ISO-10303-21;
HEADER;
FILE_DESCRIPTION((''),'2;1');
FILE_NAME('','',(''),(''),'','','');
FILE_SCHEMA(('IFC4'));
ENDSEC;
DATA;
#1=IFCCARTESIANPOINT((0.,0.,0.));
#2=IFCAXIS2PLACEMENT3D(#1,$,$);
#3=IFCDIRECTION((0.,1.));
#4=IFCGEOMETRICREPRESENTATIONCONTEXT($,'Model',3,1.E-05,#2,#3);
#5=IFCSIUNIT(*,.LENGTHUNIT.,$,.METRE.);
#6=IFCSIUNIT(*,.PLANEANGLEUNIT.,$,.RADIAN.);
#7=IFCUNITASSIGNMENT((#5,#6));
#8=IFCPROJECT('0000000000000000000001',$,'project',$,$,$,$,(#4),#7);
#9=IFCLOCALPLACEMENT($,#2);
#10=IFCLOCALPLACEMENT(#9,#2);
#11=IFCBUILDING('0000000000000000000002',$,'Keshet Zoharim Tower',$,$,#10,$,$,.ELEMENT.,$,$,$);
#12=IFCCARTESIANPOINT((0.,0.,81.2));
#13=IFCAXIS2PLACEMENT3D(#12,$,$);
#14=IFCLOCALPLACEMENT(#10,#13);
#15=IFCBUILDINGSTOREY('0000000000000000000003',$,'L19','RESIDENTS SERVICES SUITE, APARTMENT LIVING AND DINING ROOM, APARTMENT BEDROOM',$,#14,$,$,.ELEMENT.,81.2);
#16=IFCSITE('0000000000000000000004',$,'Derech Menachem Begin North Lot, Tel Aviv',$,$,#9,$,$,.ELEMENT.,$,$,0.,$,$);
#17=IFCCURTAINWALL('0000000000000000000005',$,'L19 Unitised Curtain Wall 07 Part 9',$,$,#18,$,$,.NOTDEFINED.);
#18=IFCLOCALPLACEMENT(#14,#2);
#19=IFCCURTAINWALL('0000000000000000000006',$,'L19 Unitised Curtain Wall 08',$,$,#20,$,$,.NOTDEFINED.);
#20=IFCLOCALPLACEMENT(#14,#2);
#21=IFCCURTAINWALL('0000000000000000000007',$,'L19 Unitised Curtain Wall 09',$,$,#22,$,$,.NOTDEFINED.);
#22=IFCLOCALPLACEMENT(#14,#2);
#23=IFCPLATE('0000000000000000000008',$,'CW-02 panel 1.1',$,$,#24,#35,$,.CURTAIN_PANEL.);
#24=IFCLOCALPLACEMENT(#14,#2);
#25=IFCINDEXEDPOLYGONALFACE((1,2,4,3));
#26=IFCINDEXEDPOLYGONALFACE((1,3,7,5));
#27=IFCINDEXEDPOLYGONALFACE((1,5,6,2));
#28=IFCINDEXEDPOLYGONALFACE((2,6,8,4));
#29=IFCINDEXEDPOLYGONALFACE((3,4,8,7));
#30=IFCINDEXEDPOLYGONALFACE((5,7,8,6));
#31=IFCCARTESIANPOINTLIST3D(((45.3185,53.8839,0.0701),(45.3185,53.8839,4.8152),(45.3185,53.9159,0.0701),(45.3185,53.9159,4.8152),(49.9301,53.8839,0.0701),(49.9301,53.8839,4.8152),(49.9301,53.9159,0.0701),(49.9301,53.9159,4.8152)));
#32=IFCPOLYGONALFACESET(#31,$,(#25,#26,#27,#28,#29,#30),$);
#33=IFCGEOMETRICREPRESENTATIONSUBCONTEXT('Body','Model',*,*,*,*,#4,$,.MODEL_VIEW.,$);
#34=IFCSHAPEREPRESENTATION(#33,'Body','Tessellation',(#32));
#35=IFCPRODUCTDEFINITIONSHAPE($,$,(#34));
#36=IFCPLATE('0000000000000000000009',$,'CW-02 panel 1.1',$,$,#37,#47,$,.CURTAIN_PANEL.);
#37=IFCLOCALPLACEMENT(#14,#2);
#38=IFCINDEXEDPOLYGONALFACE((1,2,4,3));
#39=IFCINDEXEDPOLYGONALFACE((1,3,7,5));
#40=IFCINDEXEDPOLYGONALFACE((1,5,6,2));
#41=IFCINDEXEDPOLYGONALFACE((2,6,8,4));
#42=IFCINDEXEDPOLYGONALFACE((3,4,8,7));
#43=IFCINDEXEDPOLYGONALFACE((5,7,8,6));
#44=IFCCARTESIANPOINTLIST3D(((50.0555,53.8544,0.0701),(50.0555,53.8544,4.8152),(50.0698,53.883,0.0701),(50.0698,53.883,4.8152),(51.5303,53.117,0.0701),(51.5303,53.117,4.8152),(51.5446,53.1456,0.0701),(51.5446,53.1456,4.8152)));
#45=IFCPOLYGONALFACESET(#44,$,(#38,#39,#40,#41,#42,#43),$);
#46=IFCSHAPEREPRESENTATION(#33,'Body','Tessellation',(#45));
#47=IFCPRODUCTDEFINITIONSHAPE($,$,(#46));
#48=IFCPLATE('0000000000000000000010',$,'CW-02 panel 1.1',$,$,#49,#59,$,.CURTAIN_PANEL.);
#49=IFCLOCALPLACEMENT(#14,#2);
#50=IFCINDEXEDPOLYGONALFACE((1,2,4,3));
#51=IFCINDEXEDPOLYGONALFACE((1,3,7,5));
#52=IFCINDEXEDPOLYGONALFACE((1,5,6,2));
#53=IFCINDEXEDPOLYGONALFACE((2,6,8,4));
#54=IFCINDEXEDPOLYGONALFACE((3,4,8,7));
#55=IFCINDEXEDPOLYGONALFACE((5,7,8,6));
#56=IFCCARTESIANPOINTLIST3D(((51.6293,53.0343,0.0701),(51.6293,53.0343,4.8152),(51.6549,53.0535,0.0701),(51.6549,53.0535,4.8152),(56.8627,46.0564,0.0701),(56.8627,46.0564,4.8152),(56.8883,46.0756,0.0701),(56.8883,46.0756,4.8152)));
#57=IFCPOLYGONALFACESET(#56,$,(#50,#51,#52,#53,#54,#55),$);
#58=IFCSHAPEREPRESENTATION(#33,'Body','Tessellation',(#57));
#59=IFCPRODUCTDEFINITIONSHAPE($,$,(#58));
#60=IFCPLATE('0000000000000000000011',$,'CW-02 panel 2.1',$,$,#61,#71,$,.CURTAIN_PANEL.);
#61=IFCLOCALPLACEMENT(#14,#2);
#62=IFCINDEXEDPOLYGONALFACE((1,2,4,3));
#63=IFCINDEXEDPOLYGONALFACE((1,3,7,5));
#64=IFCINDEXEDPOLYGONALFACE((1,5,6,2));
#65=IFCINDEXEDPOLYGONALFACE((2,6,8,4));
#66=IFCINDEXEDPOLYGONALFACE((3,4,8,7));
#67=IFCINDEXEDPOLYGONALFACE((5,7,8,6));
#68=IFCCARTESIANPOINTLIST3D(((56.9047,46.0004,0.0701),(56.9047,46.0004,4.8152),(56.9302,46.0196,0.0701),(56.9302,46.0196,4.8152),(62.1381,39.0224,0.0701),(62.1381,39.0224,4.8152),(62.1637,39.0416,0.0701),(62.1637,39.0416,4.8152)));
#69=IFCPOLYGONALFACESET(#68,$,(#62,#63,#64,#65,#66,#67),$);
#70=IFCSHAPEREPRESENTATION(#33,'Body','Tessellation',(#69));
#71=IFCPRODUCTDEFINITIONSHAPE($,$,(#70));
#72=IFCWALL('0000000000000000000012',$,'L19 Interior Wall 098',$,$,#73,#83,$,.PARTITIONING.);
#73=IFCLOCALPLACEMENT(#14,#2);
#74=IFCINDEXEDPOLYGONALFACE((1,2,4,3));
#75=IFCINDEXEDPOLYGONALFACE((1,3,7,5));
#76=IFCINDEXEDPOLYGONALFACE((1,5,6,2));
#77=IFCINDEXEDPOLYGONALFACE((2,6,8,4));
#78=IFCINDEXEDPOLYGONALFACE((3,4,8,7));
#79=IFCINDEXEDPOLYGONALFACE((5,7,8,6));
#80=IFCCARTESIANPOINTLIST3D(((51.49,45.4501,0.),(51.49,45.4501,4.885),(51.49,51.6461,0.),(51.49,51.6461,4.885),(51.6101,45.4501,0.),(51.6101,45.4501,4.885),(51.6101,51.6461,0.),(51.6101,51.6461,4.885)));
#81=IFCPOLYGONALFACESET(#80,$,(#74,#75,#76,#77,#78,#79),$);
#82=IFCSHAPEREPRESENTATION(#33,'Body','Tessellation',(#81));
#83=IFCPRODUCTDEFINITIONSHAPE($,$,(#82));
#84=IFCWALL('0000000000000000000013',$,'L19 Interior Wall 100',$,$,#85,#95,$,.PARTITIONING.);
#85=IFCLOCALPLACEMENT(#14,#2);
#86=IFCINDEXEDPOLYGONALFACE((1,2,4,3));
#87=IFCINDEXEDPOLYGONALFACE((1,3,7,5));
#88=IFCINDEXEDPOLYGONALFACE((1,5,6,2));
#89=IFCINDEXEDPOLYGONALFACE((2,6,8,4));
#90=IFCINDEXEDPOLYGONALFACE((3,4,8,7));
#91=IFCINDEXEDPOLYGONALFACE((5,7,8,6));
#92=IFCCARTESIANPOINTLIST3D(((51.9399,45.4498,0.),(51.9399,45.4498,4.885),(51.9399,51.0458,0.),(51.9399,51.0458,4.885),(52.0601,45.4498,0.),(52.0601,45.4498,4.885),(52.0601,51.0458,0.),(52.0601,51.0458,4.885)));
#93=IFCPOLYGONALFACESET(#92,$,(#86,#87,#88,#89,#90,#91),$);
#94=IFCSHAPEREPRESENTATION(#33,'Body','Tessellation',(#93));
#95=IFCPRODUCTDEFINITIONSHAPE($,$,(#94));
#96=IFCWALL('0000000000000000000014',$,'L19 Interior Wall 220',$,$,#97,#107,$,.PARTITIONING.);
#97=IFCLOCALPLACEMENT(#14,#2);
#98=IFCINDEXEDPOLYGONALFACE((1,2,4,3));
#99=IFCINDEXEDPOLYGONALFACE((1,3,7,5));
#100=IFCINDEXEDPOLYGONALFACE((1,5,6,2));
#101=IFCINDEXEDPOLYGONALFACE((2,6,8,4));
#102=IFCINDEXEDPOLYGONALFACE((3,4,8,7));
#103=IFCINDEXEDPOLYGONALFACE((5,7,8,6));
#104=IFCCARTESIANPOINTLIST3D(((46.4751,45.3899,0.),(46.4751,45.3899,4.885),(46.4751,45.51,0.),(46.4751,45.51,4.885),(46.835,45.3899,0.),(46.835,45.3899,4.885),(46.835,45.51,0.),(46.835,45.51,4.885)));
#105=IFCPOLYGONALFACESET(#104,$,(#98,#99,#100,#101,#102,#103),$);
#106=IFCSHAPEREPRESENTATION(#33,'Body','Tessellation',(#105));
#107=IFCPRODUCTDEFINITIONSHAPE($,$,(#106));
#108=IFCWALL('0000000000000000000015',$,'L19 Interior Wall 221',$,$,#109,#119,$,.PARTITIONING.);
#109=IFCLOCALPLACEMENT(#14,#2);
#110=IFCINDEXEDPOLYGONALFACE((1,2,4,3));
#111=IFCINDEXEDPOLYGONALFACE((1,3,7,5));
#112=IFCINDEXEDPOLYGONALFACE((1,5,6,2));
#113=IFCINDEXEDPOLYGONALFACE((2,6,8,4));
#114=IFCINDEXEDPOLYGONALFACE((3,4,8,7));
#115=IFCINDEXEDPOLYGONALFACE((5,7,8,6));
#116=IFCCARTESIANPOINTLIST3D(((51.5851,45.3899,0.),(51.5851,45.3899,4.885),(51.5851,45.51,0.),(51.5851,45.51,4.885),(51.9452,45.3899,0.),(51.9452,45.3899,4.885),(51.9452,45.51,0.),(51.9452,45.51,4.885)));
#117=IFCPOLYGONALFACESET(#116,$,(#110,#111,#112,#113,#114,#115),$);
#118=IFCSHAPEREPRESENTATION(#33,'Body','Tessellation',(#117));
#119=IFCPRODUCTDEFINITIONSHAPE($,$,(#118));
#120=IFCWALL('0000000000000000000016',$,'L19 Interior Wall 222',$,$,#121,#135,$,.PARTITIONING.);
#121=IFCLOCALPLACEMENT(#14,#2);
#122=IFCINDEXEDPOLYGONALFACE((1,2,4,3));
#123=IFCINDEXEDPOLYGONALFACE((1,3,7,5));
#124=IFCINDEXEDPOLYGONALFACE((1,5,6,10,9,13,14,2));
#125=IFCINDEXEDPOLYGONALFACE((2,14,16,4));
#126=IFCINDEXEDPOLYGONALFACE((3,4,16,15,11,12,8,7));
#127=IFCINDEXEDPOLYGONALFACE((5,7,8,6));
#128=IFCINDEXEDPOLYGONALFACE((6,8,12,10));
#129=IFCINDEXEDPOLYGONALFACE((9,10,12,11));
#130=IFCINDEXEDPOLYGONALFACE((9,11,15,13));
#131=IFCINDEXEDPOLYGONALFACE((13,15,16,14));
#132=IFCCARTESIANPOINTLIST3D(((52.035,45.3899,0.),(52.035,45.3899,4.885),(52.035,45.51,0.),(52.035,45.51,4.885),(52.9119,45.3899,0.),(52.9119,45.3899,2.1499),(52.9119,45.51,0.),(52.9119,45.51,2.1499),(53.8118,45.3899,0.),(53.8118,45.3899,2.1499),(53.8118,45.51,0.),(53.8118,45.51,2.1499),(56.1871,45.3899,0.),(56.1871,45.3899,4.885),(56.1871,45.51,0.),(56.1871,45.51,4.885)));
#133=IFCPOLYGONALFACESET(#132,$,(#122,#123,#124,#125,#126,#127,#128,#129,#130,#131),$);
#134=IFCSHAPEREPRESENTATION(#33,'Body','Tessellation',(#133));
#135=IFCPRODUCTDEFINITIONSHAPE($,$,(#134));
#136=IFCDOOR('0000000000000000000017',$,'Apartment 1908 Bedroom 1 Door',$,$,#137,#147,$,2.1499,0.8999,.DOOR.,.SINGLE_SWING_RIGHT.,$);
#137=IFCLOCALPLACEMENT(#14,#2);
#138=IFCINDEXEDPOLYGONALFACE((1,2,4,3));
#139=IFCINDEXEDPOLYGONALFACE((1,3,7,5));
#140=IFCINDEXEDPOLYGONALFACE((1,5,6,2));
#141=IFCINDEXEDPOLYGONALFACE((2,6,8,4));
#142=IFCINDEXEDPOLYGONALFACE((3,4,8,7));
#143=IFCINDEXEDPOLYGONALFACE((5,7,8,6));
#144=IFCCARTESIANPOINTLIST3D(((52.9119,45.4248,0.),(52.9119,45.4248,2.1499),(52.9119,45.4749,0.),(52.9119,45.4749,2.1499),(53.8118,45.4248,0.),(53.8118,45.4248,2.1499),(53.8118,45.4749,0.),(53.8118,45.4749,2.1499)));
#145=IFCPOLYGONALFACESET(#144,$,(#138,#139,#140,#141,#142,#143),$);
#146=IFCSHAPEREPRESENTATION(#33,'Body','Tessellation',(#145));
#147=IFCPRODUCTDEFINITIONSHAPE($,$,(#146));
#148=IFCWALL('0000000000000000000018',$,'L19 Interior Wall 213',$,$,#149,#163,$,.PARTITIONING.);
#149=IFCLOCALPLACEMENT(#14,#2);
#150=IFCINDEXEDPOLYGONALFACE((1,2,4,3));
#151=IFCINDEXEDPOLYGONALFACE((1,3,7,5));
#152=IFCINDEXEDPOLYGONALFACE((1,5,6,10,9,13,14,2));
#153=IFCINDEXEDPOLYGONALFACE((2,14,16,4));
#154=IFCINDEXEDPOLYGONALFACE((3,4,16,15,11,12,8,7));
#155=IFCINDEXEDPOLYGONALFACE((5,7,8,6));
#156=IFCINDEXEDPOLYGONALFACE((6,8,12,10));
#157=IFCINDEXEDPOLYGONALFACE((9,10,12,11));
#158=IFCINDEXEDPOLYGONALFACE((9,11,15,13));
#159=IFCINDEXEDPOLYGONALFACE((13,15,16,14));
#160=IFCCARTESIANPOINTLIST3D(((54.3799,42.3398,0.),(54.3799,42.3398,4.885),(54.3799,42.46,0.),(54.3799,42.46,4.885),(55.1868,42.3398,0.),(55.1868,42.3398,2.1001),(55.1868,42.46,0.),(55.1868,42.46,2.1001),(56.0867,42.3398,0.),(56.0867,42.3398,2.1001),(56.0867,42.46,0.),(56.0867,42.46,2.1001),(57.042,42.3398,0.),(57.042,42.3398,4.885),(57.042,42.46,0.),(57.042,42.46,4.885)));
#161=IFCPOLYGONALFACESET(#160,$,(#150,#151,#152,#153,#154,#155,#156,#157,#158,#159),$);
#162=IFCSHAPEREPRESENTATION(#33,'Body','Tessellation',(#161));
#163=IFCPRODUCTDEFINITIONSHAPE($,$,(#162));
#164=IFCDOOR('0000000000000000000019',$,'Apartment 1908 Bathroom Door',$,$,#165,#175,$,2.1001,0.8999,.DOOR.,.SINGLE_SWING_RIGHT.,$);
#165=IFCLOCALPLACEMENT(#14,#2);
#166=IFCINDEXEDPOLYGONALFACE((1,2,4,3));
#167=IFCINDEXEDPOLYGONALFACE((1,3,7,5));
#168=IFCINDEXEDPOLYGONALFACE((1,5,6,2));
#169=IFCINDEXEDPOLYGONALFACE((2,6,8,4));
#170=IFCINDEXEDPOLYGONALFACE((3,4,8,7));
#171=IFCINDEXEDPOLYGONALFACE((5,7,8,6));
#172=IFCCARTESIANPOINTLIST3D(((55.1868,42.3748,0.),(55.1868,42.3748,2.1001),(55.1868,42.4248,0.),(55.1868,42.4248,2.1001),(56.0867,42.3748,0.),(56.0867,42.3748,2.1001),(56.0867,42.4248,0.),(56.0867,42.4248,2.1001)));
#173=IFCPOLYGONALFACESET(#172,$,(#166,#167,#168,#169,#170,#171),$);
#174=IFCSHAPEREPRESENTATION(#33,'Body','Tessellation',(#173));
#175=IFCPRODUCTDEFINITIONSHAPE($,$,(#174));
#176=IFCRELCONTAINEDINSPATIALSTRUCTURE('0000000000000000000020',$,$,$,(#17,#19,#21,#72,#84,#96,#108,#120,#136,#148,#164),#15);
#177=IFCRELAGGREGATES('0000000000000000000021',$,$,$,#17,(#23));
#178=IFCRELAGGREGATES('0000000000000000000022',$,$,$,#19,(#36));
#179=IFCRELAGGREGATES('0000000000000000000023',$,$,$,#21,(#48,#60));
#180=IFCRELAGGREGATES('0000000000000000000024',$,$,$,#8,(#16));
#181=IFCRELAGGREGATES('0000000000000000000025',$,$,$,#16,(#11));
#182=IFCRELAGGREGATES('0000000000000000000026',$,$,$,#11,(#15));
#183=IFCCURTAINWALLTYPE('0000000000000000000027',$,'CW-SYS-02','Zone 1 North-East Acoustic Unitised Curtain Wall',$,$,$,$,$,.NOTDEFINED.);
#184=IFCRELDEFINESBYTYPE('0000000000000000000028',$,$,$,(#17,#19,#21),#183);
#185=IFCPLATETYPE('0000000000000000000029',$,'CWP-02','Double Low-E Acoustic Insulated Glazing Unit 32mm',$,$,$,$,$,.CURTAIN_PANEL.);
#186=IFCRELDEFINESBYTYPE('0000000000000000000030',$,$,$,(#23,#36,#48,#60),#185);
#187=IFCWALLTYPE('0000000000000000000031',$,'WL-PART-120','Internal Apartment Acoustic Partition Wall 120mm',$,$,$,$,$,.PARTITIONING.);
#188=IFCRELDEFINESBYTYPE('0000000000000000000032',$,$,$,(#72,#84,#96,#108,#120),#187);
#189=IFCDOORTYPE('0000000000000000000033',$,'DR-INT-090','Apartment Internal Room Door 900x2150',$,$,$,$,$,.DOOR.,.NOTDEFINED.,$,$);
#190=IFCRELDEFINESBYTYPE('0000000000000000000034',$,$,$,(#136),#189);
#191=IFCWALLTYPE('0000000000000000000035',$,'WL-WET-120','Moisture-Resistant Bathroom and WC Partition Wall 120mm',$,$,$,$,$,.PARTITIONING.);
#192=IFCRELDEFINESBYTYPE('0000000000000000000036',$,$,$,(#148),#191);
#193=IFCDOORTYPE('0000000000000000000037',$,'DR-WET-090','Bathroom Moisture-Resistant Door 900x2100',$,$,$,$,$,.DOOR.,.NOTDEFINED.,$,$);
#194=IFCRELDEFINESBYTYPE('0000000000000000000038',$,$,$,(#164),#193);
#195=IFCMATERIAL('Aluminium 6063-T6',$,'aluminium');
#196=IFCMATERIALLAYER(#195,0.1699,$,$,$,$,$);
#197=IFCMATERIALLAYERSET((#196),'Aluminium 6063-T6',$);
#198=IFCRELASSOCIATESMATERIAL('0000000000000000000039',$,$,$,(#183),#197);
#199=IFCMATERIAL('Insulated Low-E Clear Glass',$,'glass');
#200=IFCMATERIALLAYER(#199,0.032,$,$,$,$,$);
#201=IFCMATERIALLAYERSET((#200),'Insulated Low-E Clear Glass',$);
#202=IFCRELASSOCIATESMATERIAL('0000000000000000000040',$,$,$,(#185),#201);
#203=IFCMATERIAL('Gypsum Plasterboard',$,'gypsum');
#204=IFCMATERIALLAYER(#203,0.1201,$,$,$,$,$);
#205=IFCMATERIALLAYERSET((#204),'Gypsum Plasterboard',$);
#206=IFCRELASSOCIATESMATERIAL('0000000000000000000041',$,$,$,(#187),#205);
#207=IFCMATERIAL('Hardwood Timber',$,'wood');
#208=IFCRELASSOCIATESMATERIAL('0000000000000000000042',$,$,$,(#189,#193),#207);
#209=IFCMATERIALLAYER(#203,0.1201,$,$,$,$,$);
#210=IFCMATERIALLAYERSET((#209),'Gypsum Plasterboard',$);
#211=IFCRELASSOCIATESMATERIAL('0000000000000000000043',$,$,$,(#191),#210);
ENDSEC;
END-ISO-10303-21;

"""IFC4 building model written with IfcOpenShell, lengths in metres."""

from ifc_helpers import new_model, si_unit, direction, frame, frame_2d, origin, origin_2d, place, context, subcontext, project, spatial, rectangle, extrude, material, layer, layer_set, type_object, element, fill, aggregate, save


model = new_model("IFC4")

# Units and contexts
model_context = context("Model", 3, precision=1e-05, world=origin(), true_north=direction((0.0, 1.0)))
body_context = subcontext(model_context, "Body", "Model", "MODEL_VIEW")
ifc_project = project(units=[si_unit("LENGTHUNIT", "METRE"), si_unit("PLANEANGLEUNIT", "RADIAN")], contexts=[model_context])

# Site, building, storey
site_placement = place(None, origin())
site = spatial("IfcSite", under=ifc_project, at=site_placement, Name="Derech Menachem Begin North Lot, Tel Aviv", CompositionType="ELEMENT", RefElevation=0.0)
building_placement = place(site_placement, origin())
building = spatial("IfcBuilding", under=site, at=building_placement, Name="Keshet Zoharim Tower", CompositionType="ELEMENT")
storey_placement = place(building_placement, frame((0.0, 0.0, 81.2)))
storey = spatial("IfcBuildingStorey", under=building, at=storey_placement, Name="L19", Description="RESIDENTS SERVICES SUITE, APARTMENT LIVING AND DINING ROOM, APARTMENT BEDROOM", CompositionType="ELEMENT", Elevation=81.2)

# Curtain wall
ifc_material_1 = material(Name="Aluminium 6063-T6", Category="aluminium")
ifc_layer_1 = layer(ifc_material_1, 0.1699)
ifc_layer_set_1 = layer_set([ifc_layer_1], Name="Aluminium 6063-T6")
curtain_wall_type = type_object("IfcCurtainWallType", Name="CW-SYS-02", Description="Zone 1 North-East Acoustic Unitised Curtain Wall", PredefinedType="NOTDEFINED", material=ifc_layer_set_1)
curtain_wall_1_placement = place(storey_placement, origin())
curtain_wall_1 = element("IfcCurtainWall", 1, at=curtain_wall_1_placement, inside=storey, type_object=curtain_wall_type, Name="L19 Unitised Curtain Wall 07 Part 9", PredefinedType="NOTDEFINED")

# Curtain walls
curtain_wall_2_placement = place(storey_placement, origin())
curtain_wall_2 = element("IfcCurtainWall", 2, at=curtain_wall_2_placement, inside=storey, type_object=curtain_wall_type, Name="L19 Unitised Curtain Wall 08", PredefinedType="NOTDEFINED")
curtain_wall_3_placement = place(storey_placement, origin())
curtain_wall_3 = element("IfcCurtainWall", 3, at=curtain_wall_3_placement, inside=storey, type_object=curtain_wall_type, Name="L19 Unitised Curtain Wall 09", PredefinedType="NOTDEFINED")

# Plates
ifc_material_2 = material(Name="Insulated Low-E Clear Glass", Category="glass")
ifc_layer_2 = layer(ifc_material_2, 0.032)
ifc_layer_set_2 = layer_set([ifc_layer_2], Name="Insulated Low-E Clear Glass")
plate_type = type_object("IfcPlateType", Name="CWP-02", Description="Double Low-E Acoustic Insulated Glazing Unit 32mm", PredefinedType="CURTAIN_PANEL", material=ifc_layer_set_2)
plate_1_placement = place(storey_placement, frame((47.6243, 53.8999, 0.0701), z_axis=(0.0, 0.0, 1.0), x_axis=(1.0, 0.0, 0.0)))
plate_1 = element("IfcPlate", 4, at=plate_1_placement, type_object=plate_type, Name="CW-02 panel 1.1", PredefinedType="CURTAIN_PANEL", context=body_context, shape_type="SweptSolid", body=[
    extrude(rectangle(XDim=4.6116, YDim=0.032, at=origin_2d()), origin(), (0.0, 0.0, 1.0), 4.7451),
])
aggregate(curtain_wall_1, [plate_1])
plate_2_placement = place(storey_placement, frame((50.8, 53.5, 0.0701), z_axis=(0.0, 0.0, 1.0), x_axis=(0.894427, -0.447214, 0.0)))
plate_2 = element("IfcPlate", 5, at=plate_2_placement, type_object=plate_type, Name="CW-02 panel 1.1", PredefinedType="CURTAIN_PANEL", context=body_context, shape_type="SweptSolid", body=[
    extrude(rectangle(XDim=1.6489, YDim=0.032, at=origin_2d()), origin(), (0.0, 0.0, 1.0), 4.7451),
])
aggregate(curtain_wall_2, [plate_2])
plate_3_placement = place(storey_placement, frame((54.2588, 49.5549, 0.0701), z_axis=(0.0, 0.0, 1.0), x_axis=(0.6, -0.8, 0.0)))
plate_3 = element("IfcPlate", 6, at=plate_3_placement, type_object=plate_type, Name="CW-02 panel 1.1", PredefinedType="CURTAIN_PANEL", context=body_context, shape_type="SweptSolid", body=[
    extrude(rectangle(XDim=8.7224, YDim=0.032, at=origin_2d()), origin(), (0.0, 0.0, 1.0), 4.7451),
])
plate_4_placement = place(storey_placement, frame((59.5342, 42.521, 0.0701), z_axis=(0.0, 0.0, 1.0), x_axis=(0.6, -0.8, 0.0)))
plate_4 = element("IfcPlate", 7, at=plate_4_placement, type_object=plate_type, Name="CW-02 panel 2.1", PredefinedType="CURTAIN_PANEL", context=body_context, shape_type="SweptSolid", body=[
    extrude(rectangle(XDim=8.7224, YDim=0.032, at=origin_2d()), origin(), (0.0, 0.0, 1.0), 4.7451),
])
aggregate(curtain_wall_3, [plate_3, plate_4])

# Walls
ifc_material_3 = material(Name="Gypsum Plasterboard", Category="gypsum")
ifc_layer_3 = layer(ifc_material_3, 0.1201)
ifc_layer_set_3 = layer_set([ifc_layer_3], Name="Gypsum Plasterboard")
wall_type_1 = type_object("IfcWallType", Name="WL-PART-120", Description="Internal Apartment Acoustic Partition Wall 120mm", PredefinedType="PARTITIONING", material=ifc_layer_set_3)
wall_1_placement = place(storey_placement, frame((51.55, 45.45, 0.0), z_axis=(0.0, 0.0, 1.0), x_axis=(0.0, 1.0, 0.0)))
element("IfcWall", 8, at=wall_1_placement, inside=storey, type_object=wall_type_1, Name="L19 Interior Wall 098", PredefinedType="PARTITIONING", context=body_context, shape_type="SweptSolid", body=[
    extrude(rectangle(XDim=6.196, YDim=0.1201, at=frame_2d((3.0981, 0.0))), origin(), (0.0, 0.0, 1.0), 4.885),
])
wall_2_placement = place(storey_placement, frame((52.0, 45.45, 0.0), z_axis=(0.0, 0.0, 1.0), x_axis=(0.0, 1.0, 0.0)))
element("IfcWall", 9, at=wall_2_placement, inside=storey, type_object=wall_type_1, Name="L19 Interior Wall 100", PredefinedType="PARTITIONING", context=body_context, shape_type="SweptSolid", body=[
    extrude(rectangle(XDim=5.5959, YDim=0.1201, at=frame_2d((2.7979, 0.0))), origin(), (0.0, 0.0, 1.0), 4.885),
])

# Shared definitions
ifc_material_4 = material(Name="Hardwood Timber", Category="wood")
door_type_1 = type_object("IfcDoorType", Name="DR-INT-090", Description="Apartment Internal Room Door 900x2150", OperationType="NOTDEFINED", PredefinedType="DOOR", material=ifc_material_4)

# Walls
wall_3_placement = place(storey_placement, frame((46.4751, 45.45, 0.0), z_axis=(0.0, 0.0, 1.0), x_axis=(1.0, 0.0, 0.0)))
element("IfcWall", 10, at=wall_3_placement, inside=storey, type_object=wall_type_1, Name="L19 Interior Wall 220", PredefinedType="PARTITIONING", context=body_context, shape_type="SweptSolid", body=[
    extrude(rectangle(XDim=0.3599, YDim=0.1201, at=frame_2d((0.1799, 0.0))), origin(), (0.0, 0.0, 1.0), 4.885),
])
wall_4_placement = place(storey_placement, frame((51.585, 45.45, 0.0), z_axis=(0.0, 0.0, 1.0), x_axis=(1.0, 0.0, 0.0)))
element("IfcWall", 11, at=wall_4_placement, inside=storey, type_object=wall_type_1, Name="L19 Interior Wall 221", PredefinedType="PARTITIONING", context=body_context, shape_type="SweptSolid", body=[
    extrude(rectangle(XDim=0.3601, YDim=0.1201, at=frame_2d((0.1802, 0.0))), origin(), (0.0, 0.0, 1.0), 4.885),
])

# Walls, openings, doors
wall_5_placement = place(storey_placement, frame((52.0349, 45.45, 0.0), z_axis=(0.0, 0.0, 1.0), x_axis=(1.0, 0.0, 0.0)))
wall_5 = element("IfcWall", 12, at=wall_5_placement, inside=storey, type_object=wall_type_1, Name="L19 Interior Wall 222", PredefinedType="PARTITIONING", context=body_context, shape_type="SweptSolid", body=[
    extrude(rectangle(XDim=4.1521, YDim=0.1201, at=frame_2d((2.0762, 0.0))), origin(), (0.0, 0.0, 1.0), 4.885),
])
opening_1_placement = place(wall_5_placement, frame((0.877, 0.0, 0.0)))
opening_1 = element("IfcOpeningElement", 13, at=opening_1_placement, cuts=wall_5, PredefinedType="OPENING", context=body_context, shape_type="SweptSolid", body=[
    extrude(rectangle(XDim=0.8999, YDim=2.1499, at=frame_2d((0.45, 1.075))), frame((0.0, 0.0701, 0.0), z_axis=(0.0, -1.0, 0.0), x_axis=(1.0, 0.0, 0.0)), (0.0, 0.0, 1.0), 0.1401),
])
door_1_placement = place(opening_1_placement, origin())
door_1 = element("IfcDoor", 14, at=door_1_placement, inside=storey, type_object=door_type_1, Name="Apartment 1908 Bedroom 1 Door", OperationType="SINGLE_SWING_RIGHT", OverallHeight=2.1499, OverallWidth=0.8999, PredefinedType="DOOR", context=body_context, shape_type="SweptSolid", body=[
    extrude(rectangle(XDim=0.8999, YDim=2.1499, at=frame_2d((0.45, 1.075))), frame((0.0, 0.0249, 0.0), z_axis=(0.0, -1.0, 0.0), x_axis=(1.0, 0.0, 0.0)), (0.0, 0.0, 1.0), 0.05),
])
fill(opening_1, door_1)
ifc_layer_4 = layer(ifc_material_3, 0.1201)
ifc_layer_set_4 = layer_set([ifc_layer_4], Name="Gypsum Plasterboard")
wall_type_2 = type_object("IfcWallType", Name="WL-WET-120", Description="Moisture-Resistant Bathroom and WC Partition Wall 120mm", PredefinedType="PARTITIONING", material=ifc_layer_set_4)
wall_6_placement = place(storey_placement, frame((54.3799, 42.3999, 0.0), z_axis=(0.0, 0.0, 1.0), x_axis=(1.0, 0.0, 0.0)))
wall_6 = element("IfcWall", 15, at=wall_6_placement, inside=storey, type_object=wall_type_2, Name="L19 Interior Wall 213", PredefinedType="PARTITIONING", context=body_context, shape_type="SweptSolid", body=[
    extrude(rectangle(XDim=2.6621, YDim=0.1201, at=frame_2d((1.3311, 0.0))), origin(), (0.0, 0.0, 1.0), 4.885),
])
opening_2_placement = place(wall_6_placement, frame((0.8069, 0.0, 0.0)))
opening_2 = element("IfcOpeningElement", 16, at=opening_2_placement, cuts=wall_6, PredefinedType="OPENING", context=body_context, shape_type="SweptSolid", body=[
    extrude(rectangle(XDim=0.8999, YDim=2.1001, at=frame_2d((0.45, 1.05))), frame((0.0, 0.0701, 0.0), z_axis=(0.0, -1.0, 0.0), x_axis=(1.0, 0.0, 0.0)), (0.0, 0.0, 1.0), 0.1401),
])
door_type_2 = type_object("IfcDoorType", Name="DR-WET-090", Description="Bathroom Moisture-Resistant Door 900x2100", OperationType="NOTDEFINED", PredefinedType="DOOR", material=ifc_material_4)
door_2_placement = place(opening_2_placement, origin())
door_2 = element("IfcDoor", 17, at=door_2_placement, inside=storey, type_object=door_type_2, Name="Apartment 1908 Bathroom Door", OperationType="SINGLE_SWING_RIGHT", OverallHeight=2.1001, OverallWidth=0.8999, PredefinedType="DOOR", context=body_context, shape_type="SweptSolid", body=[
    extrude(rectangle(XDim=0.8999, YDim=2.1001, at=frame_2d((0.45, 1.05))), frame((0.0, 0.0249, 0.0), z_axis=(0.0, -1.0, 0.0), x_axis=(1.0, 0.0, 0.0)), (0.0, 0.0, 1.0), 0.05),
])
fill(opening_2, door_2)

save(model, "model.ifc")
